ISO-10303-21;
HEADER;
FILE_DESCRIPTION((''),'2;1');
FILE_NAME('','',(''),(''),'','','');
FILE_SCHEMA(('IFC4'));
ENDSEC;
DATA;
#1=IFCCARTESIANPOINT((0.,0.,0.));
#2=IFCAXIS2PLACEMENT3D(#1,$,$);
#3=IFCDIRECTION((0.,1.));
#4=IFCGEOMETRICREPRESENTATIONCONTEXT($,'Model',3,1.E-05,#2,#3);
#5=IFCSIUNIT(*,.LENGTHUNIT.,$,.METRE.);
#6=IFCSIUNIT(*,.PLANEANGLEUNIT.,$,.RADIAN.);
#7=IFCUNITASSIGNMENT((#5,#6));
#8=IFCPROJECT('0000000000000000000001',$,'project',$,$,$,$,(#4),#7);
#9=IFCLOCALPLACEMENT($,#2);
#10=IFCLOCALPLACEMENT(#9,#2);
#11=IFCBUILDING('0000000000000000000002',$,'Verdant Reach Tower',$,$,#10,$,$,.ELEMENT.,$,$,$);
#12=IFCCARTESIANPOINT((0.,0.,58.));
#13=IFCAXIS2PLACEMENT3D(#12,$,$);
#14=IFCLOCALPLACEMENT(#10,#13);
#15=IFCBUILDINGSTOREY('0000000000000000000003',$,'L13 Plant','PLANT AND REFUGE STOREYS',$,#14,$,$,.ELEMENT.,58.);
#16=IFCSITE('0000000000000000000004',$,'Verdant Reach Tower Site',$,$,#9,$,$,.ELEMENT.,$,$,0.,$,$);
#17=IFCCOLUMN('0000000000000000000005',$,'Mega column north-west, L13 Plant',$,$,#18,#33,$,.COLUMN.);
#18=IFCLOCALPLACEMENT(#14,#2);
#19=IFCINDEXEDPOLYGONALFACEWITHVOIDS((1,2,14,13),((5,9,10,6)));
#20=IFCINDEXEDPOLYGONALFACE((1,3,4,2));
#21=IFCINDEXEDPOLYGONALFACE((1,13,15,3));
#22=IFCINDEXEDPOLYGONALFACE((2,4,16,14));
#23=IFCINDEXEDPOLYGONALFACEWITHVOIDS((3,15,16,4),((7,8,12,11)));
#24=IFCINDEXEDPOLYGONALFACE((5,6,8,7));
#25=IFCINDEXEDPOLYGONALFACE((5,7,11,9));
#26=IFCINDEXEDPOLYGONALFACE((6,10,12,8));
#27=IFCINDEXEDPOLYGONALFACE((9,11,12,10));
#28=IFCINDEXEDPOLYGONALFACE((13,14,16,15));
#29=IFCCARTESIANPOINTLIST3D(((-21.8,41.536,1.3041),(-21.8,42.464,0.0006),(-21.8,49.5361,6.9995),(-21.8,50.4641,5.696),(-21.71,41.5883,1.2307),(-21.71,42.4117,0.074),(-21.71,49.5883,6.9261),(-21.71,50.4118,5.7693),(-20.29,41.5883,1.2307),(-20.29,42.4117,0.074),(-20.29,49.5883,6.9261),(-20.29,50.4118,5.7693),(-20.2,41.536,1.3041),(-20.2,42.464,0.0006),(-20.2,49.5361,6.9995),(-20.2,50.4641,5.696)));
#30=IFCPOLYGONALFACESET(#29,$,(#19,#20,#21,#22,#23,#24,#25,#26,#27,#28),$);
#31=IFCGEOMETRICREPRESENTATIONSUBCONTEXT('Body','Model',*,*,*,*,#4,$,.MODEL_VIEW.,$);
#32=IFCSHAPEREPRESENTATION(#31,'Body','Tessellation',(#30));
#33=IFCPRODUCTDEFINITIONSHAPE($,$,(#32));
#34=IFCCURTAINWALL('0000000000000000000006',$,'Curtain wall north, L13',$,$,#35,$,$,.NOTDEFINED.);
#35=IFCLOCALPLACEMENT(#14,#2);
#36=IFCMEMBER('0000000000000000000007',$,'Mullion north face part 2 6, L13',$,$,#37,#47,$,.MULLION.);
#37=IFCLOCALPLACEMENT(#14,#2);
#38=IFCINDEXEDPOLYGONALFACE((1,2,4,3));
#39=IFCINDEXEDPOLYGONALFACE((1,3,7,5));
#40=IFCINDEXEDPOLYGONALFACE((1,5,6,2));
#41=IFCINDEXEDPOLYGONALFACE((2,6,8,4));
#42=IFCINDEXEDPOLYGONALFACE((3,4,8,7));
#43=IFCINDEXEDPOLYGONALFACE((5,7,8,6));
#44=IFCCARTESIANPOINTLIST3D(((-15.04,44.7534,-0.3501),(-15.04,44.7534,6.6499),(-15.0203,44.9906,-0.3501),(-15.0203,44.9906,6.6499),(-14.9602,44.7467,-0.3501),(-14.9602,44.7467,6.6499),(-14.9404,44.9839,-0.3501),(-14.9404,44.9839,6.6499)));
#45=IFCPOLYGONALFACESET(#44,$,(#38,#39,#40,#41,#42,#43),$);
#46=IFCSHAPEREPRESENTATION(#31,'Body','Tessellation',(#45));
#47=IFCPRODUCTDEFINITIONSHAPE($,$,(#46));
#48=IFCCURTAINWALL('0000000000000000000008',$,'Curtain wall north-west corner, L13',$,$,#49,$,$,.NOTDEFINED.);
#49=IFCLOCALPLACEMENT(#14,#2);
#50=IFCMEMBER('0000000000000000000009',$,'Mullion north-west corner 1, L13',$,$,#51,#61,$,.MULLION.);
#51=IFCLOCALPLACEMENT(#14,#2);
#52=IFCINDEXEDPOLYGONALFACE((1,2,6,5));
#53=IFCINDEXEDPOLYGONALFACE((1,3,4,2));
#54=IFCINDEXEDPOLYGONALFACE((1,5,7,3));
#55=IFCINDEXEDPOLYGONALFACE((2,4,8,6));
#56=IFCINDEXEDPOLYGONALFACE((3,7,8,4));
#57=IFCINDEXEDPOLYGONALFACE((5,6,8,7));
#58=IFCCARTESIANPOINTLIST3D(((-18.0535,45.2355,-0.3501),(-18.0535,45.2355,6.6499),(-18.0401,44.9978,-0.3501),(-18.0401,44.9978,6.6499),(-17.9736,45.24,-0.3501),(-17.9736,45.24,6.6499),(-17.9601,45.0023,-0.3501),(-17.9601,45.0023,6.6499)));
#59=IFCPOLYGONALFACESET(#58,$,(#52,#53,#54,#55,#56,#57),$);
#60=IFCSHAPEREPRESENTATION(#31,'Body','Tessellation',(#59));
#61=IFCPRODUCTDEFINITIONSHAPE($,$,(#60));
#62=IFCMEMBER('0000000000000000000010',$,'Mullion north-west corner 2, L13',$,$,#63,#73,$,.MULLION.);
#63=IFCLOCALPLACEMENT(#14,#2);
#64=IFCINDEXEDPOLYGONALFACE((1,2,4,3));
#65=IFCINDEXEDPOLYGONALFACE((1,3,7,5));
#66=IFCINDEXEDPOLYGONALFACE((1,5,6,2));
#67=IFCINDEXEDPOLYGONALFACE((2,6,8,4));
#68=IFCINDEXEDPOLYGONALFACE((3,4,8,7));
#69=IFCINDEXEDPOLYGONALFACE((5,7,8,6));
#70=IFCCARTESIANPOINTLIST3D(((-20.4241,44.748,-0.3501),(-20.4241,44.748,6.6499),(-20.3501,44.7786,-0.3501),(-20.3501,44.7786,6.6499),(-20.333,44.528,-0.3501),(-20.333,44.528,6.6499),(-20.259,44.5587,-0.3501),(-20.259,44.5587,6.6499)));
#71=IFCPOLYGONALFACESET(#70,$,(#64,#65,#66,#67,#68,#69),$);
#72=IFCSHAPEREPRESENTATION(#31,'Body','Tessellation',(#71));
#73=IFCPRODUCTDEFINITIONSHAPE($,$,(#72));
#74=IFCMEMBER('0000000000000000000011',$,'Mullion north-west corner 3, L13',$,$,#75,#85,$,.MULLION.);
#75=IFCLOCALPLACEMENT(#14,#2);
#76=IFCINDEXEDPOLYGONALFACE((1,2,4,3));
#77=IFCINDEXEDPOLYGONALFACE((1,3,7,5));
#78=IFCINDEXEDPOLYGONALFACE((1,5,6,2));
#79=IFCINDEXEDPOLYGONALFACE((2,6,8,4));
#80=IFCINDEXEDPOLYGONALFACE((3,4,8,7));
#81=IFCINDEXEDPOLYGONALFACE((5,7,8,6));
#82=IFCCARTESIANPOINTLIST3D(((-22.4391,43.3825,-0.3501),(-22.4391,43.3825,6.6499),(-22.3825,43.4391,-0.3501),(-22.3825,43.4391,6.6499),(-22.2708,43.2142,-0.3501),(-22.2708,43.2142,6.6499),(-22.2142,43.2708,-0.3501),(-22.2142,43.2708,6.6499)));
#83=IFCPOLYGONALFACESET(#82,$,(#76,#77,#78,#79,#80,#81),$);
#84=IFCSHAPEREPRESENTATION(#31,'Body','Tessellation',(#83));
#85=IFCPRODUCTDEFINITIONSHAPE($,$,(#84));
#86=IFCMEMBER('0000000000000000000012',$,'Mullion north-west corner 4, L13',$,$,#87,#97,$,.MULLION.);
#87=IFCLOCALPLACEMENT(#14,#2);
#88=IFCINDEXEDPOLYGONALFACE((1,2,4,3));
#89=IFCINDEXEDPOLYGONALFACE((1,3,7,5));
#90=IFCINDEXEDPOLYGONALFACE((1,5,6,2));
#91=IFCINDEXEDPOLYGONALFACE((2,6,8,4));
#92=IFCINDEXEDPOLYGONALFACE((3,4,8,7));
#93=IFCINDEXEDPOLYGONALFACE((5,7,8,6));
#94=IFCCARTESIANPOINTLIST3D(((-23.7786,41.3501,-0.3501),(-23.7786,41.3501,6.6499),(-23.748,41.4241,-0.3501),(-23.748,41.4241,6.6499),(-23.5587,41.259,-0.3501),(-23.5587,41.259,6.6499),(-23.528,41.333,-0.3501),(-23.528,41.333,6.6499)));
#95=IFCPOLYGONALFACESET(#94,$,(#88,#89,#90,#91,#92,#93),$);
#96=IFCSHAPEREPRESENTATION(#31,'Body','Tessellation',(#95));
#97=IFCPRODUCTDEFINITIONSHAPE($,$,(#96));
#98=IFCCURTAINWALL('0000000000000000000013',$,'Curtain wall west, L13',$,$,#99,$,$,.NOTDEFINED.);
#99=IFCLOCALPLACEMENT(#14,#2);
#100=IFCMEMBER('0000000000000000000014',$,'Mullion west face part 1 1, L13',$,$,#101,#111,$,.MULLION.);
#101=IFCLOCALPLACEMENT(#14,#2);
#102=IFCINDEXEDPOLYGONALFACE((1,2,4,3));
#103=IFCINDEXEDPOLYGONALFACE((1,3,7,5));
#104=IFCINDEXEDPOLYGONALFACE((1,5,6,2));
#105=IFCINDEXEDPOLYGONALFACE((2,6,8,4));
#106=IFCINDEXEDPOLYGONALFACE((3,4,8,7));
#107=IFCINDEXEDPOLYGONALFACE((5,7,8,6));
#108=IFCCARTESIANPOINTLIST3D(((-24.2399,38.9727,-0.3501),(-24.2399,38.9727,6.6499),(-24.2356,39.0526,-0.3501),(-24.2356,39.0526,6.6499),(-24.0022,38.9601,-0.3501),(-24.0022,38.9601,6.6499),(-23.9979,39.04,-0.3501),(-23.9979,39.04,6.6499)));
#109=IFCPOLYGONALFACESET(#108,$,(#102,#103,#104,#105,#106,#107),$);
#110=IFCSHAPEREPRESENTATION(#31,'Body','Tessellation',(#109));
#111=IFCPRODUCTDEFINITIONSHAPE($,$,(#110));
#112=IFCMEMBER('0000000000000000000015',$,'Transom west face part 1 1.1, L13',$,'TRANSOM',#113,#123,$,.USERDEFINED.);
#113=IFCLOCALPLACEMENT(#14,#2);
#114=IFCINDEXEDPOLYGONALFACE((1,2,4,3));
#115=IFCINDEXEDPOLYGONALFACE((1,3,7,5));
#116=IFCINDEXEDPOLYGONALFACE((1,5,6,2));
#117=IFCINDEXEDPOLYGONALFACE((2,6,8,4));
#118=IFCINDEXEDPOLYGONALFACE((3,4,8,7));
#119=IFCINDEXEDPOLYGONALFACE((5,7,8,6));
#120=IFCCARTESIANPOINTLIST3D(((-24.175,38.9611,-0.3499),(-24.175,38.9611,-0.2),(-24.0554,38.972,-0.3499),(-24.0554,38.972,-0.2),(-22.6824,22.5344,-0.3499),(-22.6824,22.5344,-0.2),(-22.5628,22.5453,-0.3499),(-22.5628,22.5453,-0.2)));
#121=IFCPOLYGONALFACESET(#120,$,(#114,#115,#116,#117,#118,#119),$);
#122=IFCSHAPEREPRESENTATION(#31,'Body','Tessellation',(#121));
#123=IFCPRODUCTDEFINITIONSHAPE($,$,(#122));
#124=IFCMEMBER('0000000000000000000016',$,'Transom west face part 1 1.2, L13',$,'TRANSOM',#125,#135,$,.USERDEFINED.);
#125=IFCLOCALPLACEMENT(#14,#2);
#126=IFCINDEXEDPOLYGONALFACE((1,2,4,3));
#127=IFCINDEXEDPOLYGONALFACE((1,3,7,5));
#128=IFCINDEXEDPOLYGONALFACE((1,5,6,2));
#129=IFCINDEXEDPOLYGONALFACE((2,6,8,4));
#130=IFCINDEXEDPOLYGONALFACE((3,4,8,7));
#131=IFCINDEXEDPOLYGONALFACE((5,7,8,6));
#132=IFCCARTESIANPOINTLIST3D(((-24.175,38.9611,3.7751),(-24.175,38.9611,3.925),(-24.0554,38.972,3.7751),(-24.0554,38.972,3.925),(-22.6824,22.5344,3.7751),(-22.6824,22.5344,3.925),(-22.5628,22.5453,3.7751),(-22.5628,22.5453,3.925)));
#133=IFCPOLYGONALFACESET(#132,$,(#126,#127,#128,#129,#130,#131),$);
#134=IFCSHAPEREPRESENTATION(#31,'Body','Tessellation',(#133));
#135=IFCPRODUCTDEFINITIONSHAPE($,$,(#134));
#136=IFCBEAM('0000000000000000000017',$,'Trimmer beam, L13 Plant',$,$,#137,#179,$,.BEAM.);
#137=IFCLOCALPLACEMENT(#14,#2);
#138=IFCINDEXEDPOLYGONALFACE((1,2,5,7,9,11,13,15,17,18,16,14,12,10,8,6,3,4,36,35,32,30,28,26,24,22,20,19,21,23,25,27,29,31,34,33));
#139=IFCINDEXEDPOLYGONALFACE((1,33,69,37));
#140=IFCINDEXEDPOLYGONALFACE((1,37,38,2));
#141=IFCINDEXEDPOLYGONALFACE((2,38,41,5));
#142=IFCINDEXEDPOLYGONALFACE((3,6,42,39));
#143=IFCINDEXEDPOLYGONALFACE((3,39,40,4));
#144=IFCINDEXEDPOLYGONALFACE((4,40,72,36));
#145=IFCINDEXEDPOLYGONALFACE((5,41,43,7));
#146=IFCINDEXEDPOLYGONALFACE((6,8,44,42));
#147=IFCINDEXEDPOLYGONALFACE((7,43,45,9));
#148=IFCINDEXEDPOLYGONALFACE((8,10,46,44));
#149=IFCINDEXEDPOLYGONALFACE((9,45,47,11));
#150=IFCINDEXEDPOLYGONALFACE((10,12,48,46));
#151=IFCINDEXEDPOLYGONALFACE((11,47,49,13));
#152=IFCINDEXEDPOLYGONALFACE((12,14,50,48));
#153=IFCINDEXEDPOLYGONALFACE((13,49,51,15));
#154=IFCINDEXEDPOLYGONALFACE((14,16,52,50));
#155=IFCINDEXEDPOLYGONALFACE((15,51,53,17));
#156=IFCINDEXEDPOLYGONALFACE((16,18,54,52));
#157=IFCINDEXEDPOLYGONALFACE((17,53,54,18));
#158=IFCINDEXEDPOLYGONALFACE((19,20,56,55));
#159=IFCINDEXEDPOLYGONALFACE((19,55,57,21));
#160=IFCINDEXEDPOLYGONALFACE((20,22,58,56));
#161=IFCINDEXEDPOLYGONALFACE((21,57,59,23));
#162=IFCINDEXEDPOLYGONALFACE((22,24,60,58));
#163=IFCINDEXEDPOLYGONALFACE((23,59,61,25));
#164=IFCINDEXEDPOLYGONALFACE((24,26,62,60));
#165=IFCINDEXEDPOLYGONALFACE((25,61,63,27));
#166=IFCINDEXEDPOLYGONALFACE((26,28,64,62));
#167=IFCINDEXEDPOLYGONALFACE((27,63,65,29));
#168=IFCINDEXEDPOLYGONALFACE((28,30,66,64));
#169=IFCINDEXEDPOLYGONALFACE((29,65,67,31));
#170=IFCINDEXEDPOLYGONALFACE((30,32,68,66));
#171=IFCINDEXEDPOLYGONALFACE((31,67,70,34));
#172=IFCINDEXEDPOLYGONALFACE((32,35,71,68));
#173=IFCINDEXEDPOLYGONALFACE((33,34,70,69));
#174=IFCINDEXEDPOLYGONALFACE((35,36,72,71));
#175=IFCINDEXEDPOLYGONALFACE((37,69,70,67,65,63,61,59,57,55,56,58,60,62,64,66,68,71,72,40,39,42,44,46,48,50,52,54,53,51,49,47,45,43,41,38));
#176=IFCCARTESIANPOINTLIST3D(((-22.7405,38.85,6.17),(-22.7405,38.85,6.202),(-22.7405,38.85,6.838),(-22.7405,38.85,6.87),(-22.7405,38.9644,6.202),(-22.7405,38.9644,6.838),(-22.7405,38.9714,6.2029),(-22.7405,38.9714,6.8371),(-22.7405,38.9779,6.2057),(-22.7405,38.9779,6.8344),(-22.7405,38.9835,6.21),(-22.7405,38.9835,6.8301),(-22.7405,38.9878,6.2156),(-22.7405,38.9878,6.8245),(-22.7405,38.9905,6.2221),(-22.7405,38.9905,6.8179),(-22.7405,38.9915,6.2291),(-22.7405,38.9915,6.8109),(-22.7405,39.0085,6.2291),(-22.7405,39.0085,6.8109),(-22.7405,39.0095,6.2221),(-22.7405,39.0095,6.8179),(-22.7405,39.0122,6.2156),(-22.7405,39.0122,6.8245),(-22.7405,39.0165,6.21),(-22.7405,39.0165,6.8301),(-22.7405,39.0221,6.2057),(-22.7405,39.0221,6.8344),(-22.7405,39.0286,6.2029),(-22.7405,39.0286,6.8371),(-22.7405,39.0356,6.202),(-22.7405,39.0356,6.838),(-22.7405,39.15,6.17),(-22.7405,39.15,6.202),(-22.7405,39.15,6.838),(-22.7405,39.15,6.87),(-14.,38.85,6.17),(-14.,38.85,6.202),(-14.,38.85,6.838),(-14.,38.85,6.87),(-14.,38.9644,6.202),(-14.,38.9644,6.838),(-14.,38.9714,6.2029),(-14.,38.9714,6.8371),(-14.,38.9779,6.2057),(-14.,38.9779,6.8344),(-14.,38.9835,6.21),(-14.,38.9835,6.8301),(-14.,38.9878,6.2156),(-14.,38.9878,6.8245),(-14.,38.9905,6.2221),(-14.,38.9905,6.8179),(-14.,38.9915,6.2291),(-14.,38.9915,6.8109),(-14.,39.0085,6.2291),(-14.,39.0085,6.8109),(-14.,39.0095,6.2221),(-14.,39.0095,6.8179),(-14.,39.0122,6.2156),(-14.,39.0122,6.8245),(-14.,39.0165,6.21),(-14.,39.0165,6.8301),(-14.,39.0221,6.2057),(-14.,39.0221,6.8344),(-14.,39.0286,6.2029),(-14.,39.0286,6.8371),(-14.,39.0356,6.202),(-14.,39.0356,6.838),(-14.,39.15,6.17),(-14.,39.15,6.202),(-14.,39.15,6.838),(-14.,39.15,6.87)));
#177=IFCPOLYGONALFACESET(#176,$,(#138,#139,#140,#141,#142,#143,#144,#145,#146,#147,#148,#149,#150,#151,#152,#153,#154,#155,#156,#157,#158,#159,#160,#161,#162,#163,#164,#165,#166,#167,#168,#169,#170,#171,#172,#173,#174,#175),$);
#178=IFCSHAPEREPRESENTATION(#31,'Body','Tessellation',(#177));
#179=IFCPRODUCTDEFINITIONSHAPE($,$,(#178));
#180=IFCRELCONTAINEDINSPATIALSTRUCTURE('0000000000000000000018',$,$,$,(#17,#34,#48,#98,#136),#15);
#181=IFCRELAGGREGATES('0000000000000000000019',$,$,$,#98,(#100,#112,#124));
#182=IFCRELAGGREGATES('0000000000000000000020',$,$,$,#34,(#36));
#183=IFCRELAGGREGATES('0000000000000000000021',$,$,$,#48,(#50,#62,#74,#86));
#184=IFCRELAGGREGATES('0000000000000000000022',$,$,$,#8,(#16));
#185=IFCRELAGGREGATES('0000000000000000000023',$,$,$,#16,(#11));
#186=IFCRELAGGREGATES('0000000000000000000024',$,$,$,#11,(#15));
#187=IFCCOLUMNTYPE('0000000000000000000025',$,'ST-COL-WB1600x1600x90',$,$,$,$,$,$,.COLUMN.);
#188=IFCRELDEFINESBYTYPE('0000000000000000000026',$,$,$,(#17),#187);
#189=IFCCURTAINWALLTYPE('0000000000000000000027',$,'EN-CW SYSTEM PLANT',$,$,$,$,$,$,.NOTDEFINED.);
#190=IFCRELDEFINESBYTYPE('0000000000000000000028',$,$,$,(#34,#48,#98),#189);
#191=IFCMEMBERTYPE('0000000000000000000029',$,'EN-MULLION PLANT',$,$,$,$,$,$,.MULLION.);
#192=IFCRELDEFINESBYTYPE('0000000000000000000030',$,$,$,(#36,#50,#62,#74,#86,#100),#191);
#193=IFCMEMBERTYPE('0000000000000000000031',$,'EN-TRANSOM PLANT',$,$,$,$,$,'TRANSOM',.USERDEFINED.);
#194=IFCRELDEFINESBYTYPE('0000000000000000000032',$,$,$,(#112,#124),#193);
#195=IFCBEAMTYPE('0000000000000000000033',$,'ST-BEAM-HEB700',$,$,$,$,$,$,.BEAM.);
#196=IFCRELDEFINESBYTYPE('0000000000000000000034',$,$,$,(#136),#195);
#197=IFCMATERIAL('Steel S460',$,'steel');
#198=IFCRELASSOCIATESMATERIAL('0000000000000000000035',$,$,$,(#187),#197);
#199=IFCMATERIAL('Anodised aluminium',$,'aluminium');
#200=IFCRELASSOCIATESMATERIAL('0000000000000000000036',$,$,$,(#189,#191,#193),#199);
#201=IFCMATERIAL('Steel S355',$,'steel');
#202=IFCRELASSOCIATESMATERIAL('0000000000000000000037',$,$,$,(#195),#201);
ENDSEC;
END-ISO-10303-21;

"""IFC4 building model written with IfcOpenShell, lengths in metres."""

from ifc_helpers import new_model, si_unit, direction, frame, origin, origin_2d, place, context, subcontext, project, spatial, rectangle, hollow_rectangle, i_section, extrude, material, material_profile, profile_set, type_object, element, aggregate, save


model = new_model("IFC4")

# Units and contexts
model_context = context("Model", 3, precision=1e-05, world=origin(), true_north=direction((0.0, 1.0)))
body_context = subcontext(model_context, "Body", "Model", "MODEL_VIEW")
ifc_project = project(units=[si_unit("LENGTHUNIT", "METRE"), si_unit("PLANEANGLEUNIT", "RADIAN")], contexts=[model_context])

# Site, building, storey
site_placement = place(None, origin())
site = spatial("IfcSite", under=ifc_project, at=site_placement, Name="Verdant Reach Tower Site", CompositionType="ELEMENT", RefElevation=0.0)
building_placement = place(site_placement, origin())
building = spatial("IfcBuilding", under=site, at=building_placement, Name="Verdant Reach Tower", CompositionType="ELEMENT")
storey_placement = place(building_placement, frame((0.0, 0.0, 58.0)))
storey = spatial("IfcBuildingStorey", under=building, at=storey_placement, Name="L13 Plant", Description="PLANT AND REFUGE STOREYS", CompositionType="ELEMENT", Elevation=58.0)

# Column
ifc_material_1 = material(Name="Steel S460", Category="steel")
ifc_material_profile_1 = material_profile(ifc_material_1, hollow_rectangle(XDim=1.6001, YDim=1.6001, WallThickness=0.0901, at=origin_2d()), Name="WB 1600x1600x90")
ifc_profile_set_1 = profile_set([ifc_material_profile_1], Name="Steel S460")
column_type = type_object("IfcColumnType", Name="ST-COL-WB1600x1600x90", PredefinedType="COLUMN", material=ifc_profile_set_1)
column_placement = place(storey_placement, frame((-21.0, 42.0, 0.6523), z_axis=(0.0, 0.814646, 0.579958), x_axis=(-1.0, 0.0, 0.0)))
element("IfcColumn", 1, at=column_placement, inside=storey, type_object=column_type, Name="Mega column north-west, L13 Plant", PredefinedType="COLUMN", context=body_context, shape_type="SweptSolid", body=[
    extrude(hollow_rectangle(XDim=1.6001, YDim=1.6001, WallThickness=0.0901, at=origin_2d()), origin(), (0.0, 0.0, 1.0), 9.8203),
])

# Curtain wall, member
ifc_material_2 = material(Name="Anodised aluminium", Category="aluminium")
curtain_wall_type = type_object("IfcCurtainWallType", Name="EN-CW SYSTEM PLANT", PredefinedType="NOTDEFINED", material=ifc_material_2)
curtain_wall_1_placement = place(storey_placement, origin())
curtain_wall_1 = element("IfcCurtainWall", 2, at=curtain_wall_1_placement, inside=storey, type_object=curtain_wall_type, Name="Curtain wall north, L13", PredefinedType="NOTDEFINED")
ifc_material_profile_2 = material_profile(ifc_material_2, rectangle(XDim=0.238, YDim=0.0801, at=origin_2d()), Name="Mullion 80x240")
ifc_profile_set_2 = profile_set([ifc_material_profile_2], Name="Anodised aluminium")
member_type_1 = type_object("IfcMemberType", Name="EN-MULLION PLANT", PredefinedType="MULLION", material=ifc_profile_set_2)
member_1_placement = place(storey_placement, frame((-14.9902, 44.8687, -0.3501), z_axis=(0.0, 0.0, 1.0), x_axis=(0.083045, 0.996546, 0.0)))
member_1 = element("IfcMember", 3, at=member_1_placement, type_object=member_type_1, Name="Mullion north face part 2 6, L13", PredefinedType="MULLION", context=body_context, shape_type="SweptSolid", body=[
    extrude(rectangle(XDim=0.238, YDim=0.0801, at=origin_2d()), origin(), (0.0, 0.0, 1.0), 7.0),
])

# Curtain walls, members
curtain_wall_2_placement = place(storey_placement, origin())
curtain_wall_2 = element("IfcCurtainWall", 4, at=curtain_wall_2_placement, inside=storey, type_object=curtain_wall_type, Name="Curtain wall north-west corner, L13", PredefinedType="NOTDEFINED")
member_2_placement = place(storey_placement, frame((-18.0068, 45.1189, -0.3501), z_axis=(0.0, 0.0, 1.0), x_axis=(-0.056569, 0.998399, 0.0)))
member_2 = element("IfcMember", 5, at=member_2_placement, type_object=member_type_1, Name="Mullion north-west corner 1, L13", PredefinedType="MULLION", context=body_context, shape_type="SweptSolid", body=[
    extrude(rectangle(XDim=0.238, YDim=0.0801, at=origin_2d()), origin(), (0.0, 0.0, 1.0), 7.0),
])
member_3_placement = place(storey_placement, frame((-20.3416, 44.6533, -0.3501), z_axis=(0.0, 0.0, 1.0), x_axis=(-0.382694, 0.923875, 0.0)))
member_3 = element("IfcMember", 6, at=member_3_placement, type_object=member_type_1, Name="Mullion north-west corner 2, L13", PredefinedType="MULLION", context=body_context, shape_type="SweptSolid", body=[
    extrude(rectangle(XDim=0.238, YDim=0.0801, at=origin_2d()), origin(), (0.0, 0.0, 1.0), 7.0),
])
member_4_placement = place(storey_placement, frame((-22.3267, 43.3267, -0.3501), z_axis=(0.0, 0.0, 1.0), x_axis=(-0.707107, 0.707107, 0.0)))
member_4 = element("IfcMember", 7, at=member_4_placement, type_object=member_type_1, Name="Mullion north-west corner 3, L13", PredefinedType="MULLION", context=body_context, shape_type="SweptSolid", body=[
    extrude(rectangle(XDim=0.238, YDim=0.0801, at=origin_2d()), origin(), (0.0, 0.0, 1.0), 7.0),
])
member_5_placement = place(storey_placement, frame((-23.6533, 41.3416, -0.3501), z_axis=(0.0, 0.0, 1.0), x_axis=(-0.923875, 0.382694, 0.0)))
member_5 = element("IfcMember", 8, at=member_5_placement, type_object=member_type_1, Name="Mullion north-west corner 4, L13", PredefinedType="MULLION", context=body_context, shape_type="SweptSolid", body=[
    extrude(rectangle(XDim=0.238, YDim=0.0801, at=origin_2d()), origin(), (0.0, 0.0, 1.0), 7.0),
])
curtain_wall_3_placement = place(storey_placement, origin())
curtain_wall_3 = element("IfcCurtainWall", 9, at=curtain_wall_3_placement, inside=storey, type_object=curtain_wall_type, Name="Curtain wall west, L13", PredefinedType="NOTDEFINED")
member_6_placement = place(storey_placement, frame((-24.1189, 39.0063, -0.3501), z_axis=(0.0, 0.0, 1.0), x_axis=(-0.998604, 0.052815, 0.0)))
member_6 = element("IfcMember", 10, at=member_6_placement, type_object=member_type_1, Name="Mullion west face part 1 1, L13", PredefinedType="MULLION", context=body_context, shape_type="SweptSolid", body=[
    extrude(rectangle(XDim=0.238, YDim=0.0801, at=origin_2d()), origin(), (0.0, 0.0, 1.0), 7.0),
])
ifc_material_profile_3 = material_profile(ifc_material_2, rectangle(XDim=0.1201, YDim=0.1499, at=origin_2d()), Name="Transom 150x120")
ifc_profile_set_3 = profile_set([ifc_material_profile_3], Name="Anodised aluminium")
member_type_2 = type_object("IfcMemberType", Name="EN-TRANSOM PLANT", ElementType="TRANSOM", PredefinedType="USERDEFINED", material=ifc_profile_set_3)
member_7_placement = place(storey_placement, frame((-24.1152, 38.9666, -0.2749), z_axis=(0.090496, -0.995897, 0.0), x_axis=(0.995897, 0.090496, 0.0)))
member_7 = element("IfcMember", 11, at=member_7_placement, type_object=member_type_2, Name="Transom west face part 1 1.1, L13", ObjectType="TRANSOM", PredefinedType="USERDEFINED", context=body_context, shape_type="SweptSolid", body=[
    extrude(rectangle(XDim=0.1201, YDim=0.1499, at=origin_2d()), origin(), (0.0, 0.0, 1.0), 16.4944),
])
member_8_placement = place(storey_placement, frame((-24.1152, 38.9666, 3.8501), z_axis=(0.090496, -0.995897, 0.0), x_axis=(0.995897, 0.090496, 0.0)))
member_8 = element("IfcMember", 12, at=member_8_placement, type_object=member_type_2, Name="Transom west face part 1 1.2, L13", ObjectType="TRANSOM", PredefinedType="USERDEFINED", context=body_context, shape_type="SweptSolid", body=[
    extrude(rectangle(XDim=0.1201, YDim=0.1499, at=origin_2d()), origin(), (0.0, 0.0, 1.0), 16.4944),
])
aggregate(curtain_wall_3, [member_6, member_7, member_8])

# Beam
ifc_material_3 = material(Name="Steel S355", Category="steel")
ifc_material_profile_4 = material_profile(ifc_material_3, i_section(OverallWidth=0.3, OverallDepth=0.7, WebThickness=0.0171, FlangeThickness=0.032, FilletRadius=0.0271, at=origin_2d()), Name="HEB 700")
ifc_profile_set_4 = profile_set([ifc_material_profile_4], Name="Steel S355")
beam_type_1 = type_object("IfcBeamType", Name="ST-BEAM-HEB700", PredefinedType="BEAM", material=ifc_profile_set_4)
beam_1_placement = place(storey_placement, frame((-14.0, 39.0, 6.52), z_axis=(-1.0, 0.0, 0.0), x_axis=(0.0, -1.0, 0.0)))
element("IfcBeam", 13, at=beam_1_placement, inside=storey, type_object=beam_type_1, Name="Trimmer beam, L13 Plant", PredefinedType="BEAM", context=body_context, shape_type="SweptSolid", body=[
    extrude(i_section(OverallWidth=0.3, OverallDepth=0.7, WebThickness=0.0171, FlangeThickness=0.032, FilletRadius=0.0271, at=origin_2d()), origin(), (0.0, 0.0, 1.0), 8.7405),
])

aggregate(curtain_wall_1, [member_1])
aggregate(curtain_wall_2, [member_2, member_3, member_4, member_5])

save(model, "model.ifc")
